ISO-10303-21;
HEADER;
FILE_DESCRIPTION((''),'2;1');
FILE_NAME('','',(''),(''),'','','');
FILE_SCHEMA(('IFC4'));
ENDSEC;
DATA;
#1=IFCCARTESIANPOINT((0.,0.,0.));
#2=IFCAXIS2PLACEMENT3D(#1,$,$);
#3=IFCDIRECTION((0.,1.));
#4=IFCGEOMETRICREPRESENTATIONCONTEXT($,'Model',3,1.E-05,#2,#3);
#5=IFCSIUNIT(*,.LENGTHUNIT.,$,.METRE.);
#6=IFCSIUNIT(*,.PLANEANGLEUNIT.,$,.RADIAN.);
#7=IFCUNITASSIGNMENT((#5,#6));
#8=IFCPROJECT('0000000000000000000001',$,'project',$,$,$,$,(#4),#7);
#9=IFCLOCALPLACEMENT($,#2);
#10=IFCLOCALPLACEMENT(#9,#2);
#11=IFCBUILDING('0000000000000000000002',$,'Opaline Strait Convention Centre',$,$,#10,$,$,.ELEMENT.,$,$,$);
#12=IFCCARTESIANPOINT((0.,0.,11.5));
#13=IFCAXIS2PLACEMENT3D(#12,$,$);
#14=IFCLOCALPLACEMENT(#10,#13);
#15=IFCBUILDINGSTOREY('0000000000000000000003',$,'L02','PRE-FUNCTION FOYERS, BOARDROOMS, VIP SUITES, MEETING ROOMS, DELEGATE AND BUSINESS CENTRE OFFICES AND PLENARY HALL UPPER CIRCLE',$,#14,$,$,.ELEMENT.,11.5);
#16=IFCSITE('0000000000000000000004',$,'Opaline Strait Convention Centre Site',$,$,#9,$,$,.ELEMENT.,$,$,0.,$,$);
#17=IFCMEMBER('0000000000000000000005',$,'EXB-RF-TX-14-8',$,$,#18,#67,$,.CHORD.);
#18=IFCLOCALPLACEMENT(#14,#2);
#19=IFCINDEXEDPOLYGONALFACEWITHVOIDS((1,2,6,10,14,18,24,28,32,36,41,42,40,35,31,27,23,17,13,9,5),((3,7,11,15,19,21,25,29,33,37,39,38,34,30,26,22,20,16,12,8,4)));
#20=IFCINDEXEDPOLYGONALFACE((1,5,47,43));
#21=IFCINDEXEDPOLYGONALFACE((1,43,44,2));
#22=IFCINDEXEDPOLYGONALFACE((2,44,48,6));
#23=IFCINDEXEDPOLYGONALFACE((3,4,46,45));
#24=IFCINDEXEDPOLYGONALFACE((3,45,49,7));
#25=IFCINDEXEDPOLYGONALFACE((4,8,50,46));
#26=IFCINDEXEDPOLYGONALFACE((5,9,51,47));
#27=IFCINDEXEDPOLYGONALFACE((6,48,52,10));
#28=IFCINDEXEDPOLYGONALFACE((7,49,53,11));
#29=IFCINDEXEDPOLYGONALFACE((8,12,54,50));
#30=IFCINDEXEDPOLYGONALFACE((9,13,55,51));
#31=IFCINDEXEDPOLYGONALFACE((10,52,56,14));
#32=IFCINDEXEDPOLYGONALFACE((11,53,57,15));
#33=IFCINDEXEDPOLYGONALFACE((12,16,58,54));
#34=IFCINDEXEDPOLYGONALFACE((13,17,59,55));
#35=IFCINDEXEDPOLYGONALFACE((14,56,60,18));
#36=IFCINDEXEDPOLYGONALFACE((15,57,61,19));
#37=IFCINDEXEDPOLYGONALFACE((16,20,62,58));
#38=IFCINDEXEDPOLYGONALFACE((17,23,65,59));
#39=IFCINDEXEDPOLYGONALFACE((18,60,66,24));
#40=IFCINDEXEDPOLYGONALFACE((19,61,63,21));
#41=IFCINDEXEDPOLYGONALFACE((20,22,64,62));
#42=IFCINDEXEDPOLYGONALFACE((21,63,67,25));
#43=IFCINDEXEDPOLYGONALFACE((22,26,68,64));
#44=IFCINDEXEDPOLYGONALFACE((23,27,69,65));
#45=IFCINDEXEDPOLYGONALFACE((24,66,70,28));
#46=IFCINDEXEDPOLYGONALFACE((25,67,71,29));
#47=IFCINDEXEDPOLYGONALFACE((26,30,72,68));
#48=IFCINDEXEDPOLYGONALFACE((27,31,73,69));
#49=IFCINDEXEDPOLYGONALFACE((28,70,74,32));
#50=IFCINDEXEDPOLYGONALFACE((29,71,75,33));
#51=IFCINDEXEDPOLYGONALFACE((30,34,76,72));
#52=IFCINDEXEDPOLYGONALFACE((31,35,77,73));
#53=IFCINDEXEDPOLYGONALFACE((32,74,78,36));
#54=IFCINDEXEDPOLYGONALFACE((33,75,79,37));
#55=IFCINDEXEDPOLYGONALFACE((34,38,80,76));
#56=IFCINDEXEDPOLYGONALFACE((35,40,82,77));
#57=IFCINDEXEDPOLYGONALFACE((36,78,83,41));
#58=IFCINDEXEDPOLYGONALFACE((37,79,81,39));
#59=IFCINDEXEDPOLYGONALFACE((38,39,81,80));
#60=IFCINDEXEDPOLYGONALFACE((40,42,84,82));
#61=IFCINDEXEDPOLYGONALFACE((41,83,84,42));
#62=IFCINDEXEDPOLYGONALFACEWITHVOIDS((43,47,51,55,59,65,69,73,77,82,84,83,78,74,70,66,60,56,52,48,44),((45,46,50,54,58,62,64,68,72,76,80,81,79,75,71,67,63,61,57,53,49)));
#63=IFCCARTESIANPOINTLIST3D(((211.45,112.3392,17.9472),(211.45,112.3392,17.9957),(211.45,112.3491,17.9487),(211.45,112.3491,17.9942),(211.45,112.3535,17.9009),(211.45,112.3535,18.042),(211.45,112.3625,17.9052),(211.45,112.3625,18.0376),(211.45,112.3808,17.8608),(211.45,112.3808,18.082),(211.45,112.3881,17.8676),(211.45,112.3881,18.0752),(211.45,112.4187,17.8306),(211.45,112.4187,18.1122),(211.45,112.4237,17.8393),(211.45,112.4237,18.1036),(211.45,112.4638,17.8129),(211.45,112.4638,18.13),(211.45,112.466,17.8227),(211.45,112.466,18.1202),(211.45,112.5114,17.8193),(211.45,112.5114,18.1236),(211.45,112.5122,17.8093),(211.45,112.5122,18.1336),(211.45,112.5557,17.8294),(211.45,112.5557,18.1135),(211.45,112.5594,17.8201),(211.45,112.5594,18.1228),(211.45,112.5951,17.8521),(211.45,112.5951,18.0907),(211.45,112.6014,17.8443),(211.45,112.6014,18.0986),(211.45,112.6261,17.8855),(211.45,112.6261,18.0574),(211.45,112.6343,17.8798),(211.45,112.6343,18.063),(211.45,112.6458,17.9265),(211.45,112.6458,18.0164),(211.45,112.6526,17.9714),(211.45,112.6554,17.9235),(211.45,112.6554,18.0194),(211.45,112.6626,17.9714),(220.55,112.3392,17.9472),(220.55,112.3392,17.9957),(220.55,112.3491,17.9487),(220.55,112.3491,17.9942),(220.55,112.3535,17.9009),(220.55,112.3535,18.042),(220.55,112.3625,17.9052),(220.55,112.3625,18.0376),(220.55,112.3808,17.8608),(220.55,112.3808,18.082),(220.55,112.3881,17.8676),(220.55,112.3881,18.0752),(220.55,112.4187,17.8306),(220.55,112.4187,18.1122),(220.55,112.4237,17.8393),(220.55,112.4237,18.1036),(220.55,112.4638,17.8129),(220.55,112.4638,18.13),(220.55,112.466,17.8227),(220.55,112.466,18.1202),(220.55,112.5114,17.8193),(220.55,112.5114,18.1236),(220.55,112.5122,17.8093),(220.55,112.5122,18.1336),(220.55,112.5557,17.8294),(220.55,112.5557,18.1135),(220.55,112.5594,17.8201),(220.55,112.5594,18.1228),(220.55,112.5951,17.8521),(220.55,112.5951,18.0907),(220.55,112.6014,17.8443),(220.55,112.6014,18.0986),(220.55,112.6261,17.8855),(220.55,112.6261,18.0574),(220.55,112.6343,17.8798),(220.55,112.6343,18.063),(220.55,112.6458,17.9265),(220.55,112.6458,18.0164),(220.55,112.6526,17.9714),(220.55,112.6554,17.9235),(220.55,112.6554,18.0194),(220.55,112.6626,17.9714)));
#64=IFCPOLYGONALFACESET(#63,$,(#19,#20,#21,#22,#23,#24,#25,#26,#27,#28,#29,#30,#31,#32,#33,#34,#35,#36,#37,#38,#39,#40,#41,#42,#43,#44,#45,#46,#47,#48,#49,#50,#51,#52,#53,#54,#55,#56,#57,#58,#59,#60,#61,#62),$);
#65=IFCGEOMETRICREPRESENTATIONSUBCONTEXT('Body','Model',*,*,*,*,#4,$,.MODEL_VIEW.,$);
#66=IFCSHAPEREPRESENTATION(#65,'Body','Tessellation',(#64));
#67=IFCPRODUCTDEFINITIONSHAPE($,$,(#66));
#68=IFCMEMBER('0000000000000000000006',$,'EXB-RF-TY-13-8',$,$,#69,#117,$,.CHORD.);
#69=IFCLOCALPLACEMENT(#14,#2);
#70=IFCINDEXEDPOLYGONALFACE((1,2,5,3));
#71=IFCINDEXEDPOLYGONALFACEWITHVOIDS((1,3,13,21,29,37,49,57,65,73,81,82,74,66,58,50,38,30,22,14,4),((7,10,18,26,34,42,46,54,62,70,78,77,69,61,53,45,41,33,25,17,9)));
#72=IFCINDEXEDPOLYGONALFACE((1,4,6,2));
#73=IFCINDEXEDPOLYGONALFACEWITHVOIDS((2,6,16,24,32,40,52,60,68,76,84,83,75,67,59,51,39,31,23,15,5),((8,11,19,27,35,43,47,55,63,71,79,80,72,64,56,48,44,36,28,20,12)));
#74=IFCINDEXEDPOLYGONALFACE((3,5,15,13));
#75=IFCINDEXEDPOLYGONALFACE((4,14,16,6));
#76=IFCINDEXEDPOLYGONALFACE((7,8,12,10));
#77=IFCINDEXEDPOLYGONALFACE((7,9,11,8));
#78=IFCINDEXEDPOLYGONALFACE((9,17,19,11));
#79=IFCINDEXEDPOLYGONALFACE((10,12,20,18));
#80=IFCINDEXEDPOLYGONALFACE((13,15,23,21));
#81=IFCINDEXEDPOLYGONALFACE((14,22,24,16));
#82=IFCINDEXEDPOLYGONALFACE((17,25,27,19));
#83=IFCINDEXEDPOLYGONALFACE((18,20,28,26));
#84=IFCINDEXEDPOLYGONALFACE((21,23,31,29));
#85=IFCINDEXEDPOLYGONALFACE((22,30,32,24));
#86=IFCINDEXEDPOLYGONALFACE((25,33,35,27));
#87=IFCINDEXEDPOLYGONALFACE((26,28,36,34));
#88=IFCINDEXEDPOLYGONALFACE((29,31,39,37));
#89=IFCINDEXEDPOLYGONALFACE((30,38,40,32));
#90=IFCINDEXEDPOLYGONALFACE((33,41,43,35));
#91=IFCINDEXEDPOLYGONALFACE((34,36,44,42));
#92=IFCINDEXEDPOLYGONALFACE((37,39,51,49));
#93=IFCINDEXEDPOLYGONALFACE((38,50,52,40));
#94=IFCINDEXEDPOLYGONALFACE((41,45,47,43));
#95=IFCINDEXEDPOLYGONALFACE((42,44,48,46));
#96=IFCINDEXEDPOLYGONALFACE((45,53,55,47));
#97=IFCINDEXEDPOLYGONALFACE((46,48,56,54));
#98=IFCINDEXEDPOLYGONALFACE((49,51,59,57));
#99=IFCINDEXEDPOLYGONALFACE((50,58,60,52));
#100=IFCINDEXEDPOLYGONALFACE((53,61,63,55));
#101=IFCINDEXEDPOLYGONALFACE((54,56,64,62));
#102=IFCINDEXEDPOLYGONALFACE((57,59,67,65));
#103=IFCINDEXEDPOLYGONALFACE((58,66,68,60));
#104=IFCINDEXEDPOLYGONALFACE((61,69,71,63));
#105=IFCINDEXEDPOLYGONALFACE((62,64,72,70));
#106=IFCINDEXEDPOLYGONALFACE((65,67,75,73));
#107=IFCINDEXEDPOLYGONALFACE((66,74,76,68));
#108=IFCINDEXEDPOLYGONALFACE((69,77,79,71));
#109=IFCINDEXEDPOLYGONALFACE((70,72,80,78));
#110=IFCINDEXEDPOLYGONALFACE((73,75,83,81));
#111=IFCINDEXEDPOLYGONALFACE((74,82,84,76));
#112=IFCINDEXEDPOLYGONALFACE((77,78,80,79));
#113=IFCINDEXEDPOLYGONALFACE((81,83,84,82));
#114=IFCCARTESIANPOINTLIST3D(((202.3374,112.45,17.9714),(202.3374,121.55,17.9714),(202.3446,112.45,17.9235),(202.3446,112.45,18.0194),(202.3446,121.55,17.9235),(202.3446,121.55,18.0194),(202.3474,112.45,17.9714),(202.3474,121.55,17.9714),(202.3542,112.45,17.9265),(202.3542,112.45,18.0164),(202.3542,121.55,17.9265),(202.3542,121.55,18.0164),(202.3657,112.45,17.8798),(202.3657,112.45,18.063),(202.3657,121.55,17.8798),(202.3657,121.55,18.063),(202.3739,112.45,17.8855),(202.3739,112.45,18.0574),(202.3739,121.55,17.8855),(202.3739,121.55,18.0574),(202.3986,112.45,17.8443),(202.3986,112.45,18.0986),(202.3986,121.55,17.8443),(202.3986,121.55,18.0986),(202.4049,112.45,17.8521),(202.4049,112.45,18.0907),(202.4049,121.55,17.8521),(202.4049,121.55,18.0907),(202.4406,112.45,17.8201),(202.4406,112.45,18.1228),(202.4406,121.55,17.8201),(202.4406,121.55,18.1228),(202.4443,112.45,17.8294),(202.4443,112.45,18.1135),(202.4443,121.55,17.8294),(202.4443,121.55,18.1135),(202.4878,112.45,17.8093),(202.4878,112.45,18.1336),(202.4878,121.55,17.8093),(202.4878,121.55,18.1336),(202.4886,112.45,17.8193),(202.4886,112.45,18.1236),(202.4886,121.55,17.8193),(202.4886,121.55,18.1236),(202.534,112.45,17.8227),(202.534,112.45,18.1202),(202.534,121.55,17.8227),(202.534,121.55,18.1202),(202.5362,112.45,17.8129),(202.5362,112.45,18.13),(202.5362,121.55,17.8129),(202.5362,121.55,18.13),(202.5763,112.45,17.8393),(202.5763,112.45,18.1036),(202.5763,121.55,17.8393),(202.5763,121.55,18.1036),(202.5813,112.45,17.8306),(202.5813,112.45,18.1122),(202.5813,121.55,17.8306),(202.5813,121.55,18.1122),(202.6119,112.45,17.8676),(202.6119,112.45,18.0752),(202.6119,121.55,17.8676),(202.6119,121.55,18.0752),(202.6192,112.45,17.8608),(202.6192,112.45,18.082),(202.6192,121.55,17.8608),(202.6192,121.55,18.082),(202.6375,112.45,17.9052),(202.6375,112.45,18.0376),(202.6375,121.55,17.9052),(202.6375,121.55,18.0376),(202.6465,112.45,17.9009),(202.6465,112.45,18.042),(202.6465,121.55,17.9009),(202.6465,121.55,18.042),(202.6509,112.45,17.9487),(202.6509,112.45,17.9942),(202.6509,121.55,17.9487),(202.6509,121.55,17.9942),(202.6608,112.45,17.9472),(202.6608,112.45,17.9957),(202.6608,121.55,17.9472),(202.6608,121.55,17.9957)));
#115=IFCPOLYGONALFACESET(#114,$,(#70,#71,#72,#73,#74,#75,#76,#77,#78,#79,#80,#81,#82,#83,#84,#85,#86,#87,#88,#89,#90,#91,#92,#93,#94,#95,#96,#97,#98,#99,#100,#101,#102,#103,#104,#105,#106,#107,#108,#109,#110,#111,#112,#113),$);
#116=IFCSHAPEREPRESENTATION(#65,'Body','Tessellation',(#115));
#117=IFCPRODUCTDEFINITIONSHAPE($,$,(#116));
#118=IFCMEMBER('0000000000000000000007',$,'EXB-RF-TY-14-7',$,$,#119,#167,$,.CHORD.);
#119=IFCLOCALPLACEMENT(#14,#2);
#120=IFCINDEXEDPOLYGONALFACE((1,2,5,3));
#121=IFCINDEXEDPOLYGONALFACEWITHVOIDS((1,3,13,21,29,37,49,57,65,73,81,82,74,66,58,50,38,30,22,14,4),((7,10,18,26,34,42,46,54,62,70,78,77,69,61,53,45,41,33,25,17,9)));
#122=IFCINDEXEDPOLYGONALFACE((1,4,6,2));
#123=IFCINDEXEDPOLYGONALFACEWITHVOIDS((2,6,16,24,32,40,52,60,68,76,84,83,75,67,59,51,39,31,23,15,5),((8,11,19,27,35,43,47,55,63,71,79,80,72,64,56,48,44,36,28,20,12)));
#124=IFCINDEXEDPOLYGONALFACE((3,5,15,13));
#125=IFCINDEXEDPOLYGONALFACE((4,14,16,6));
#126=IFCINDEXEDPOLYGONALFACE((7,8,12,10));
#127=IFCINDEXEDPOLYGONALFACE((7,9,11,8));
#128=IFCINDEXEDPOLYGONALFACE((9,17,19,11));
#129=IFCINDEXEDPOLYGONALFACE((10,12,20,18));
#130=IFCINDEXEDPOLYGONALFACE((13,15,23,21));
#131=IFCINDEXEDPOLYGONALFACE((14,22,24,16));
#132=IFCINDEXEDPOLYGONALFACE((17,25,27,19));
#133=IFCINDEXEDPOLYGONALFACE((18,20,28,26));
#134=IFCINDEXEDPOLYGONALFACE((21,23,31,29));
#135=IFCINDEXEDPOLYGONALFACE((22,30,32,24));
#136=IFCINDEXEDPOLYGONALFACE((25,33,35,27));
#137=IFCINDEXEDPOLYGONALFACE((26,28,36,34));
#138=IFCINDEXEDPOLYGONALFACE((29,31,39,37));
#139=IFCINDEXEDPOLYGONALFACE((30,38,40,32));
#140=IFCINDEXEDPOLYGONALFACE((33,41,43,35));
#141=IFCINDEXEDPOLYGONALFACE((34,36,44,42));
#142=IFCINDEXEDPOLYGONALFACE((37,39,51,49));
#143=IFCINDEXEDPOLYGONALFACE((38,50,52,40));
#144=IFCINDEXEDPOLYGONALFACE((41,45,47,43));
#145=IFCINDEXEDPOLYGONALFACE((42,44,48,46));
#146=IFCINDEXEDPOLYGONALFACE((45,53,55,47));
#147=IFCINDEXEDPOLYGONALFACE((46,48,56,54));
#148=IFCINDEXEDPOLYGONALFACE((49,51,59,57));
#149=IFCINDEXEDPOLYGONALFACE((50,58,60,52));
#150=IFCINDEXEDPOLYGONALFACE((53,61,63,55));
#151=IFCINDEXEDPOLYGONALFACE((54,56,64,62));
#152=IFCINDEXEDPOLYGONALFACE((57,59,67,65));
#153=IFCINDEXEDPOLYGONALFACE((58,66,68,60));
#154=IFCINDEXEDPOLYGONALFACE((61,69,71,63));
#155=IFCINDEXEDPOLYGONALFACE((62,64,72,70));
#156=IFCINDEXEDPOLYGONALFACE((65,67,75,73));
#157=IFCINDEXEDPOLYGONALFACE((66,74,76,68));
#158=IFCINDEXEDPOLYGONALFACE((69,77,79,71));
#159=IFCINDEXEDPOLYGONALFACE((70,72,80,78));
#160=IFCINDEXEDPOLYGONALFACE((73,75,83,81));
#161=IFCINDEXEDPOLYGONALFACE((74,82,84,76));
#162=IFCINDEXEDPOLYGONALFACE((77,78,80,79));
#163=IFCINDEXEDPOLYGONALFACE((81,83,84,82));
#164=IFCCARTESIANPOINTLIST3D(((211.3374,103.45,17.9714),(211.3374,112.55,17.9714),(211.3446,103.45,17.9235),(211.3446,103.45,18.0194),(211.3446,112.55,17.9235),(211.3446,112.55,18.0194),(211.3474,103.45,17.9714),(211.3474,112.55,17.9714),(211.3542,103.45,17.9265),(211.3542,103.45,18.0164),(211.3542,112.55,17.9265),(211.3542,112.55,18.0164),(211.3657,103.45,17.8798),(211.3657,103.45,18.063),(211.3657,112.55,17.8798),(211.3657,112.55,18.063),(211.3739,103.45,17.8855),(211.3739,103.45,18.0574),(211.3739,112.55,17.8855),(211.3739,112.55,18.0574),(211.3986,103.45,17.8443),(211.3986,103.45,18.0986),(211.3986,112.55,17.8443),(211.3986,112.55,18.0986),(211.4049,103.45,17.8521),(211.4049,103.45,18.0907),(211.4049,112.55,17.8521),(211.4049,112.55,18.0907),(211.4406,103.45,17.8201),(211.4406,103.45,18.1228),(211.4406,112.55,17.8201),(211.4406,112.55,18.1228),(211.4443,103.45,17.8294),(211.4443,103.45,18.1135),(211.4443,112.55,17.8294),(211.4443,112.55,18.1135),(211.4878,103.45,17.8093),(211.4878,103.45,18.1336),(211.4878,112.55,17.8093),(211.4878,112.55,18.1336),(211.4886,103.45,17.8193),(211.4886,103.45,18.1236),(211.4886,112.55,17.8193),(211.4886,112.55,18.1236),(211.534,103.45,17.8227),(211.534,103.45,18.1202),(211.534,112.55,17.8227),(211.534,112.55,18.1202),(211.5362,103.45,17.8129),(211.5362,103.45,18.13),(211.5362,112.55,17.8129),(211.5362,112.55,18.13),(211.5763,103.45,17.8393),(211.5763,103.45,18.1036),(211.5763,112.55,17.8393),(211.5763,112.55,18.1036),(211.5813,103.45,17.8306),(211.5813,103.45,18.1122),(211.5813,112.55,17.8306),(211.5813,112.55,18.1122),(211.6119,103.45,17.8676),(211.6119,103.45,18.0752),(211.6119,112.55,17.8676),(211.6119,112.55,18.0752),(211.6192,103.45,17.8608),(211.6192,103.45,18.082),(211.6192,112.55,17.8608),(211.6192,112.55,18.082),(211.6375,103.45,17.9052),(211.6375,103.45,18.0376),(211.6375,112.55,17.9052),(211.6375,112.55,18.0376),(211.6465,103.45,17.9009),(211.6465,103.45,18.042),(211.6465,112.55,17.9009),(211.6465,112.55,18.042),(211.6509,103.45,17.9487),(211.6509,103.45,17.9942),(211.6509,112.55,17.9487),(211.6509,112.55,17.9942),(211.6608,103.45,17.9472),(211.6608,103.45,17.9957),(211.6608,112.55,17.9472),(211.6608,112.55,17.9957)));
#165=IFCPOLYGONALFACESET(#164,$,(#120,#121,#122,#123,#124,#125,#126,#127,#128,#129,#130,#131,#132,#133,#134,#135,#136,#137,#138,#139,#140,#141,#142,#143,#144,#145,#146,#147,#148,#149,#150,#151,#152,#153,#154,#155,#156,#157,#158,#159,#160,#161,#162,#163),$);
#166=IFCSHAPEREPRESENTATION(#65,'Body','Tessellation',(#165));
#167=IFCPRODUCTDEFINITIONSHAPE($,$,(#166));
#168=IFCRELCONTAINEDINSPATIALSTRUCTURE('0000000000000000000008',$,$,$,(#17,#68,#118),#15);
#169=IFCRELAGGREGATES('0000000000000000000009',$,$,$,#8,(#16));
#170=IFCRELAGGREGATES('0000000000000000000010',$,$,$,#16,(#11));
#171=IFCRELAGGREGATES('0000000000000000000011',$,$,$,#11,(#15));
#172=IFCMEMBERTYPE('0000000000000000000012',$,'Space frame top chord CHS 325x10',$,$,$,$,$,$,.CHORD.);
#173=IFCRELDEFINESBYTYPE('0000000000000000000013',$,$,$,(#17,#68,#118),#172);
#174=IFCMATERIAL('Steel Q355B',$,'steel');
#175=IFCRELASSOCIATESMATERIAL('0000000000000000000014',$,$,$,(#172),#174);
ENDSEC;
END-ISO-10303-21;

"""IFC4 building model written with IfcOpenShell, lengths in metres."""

from ifc_helpers import new_model, si_unit, direction, frame, origin, origin_2d, place, context, subcontext, project, spatial, hollow_circle, extrude, material, material_profile, profile_set, type_object, element, save


model = new_model("IFC4")

# Units and contexts
model_context = context("Model", 3, precision=1e-05, world=origin(), true_north=direction((0.0, 1.0)))
body_context = subcontext(model_context, "Body", "Model", "MODEL_VIEW")
ifc_project = project(units=[si_unit("LENGTHUNIT", "METRE"), si_unit("PLANEANGLEUNIT", "RADIAN")], contexts=[model_context])

# Site, building, storey
site_placement = place(None, origin())
site = spatial("IfcSite", under=ifc_project, at=site_placement, Name="Opaline Strait Convention Centre Site", CompositionType="ELEMENT", RefElevation=0.0)
building_placement = place(site_placement, origin())
building = spatial("IfcBuilding", under=site, at=building_placement, Name="Opaline Strait Convention Centre", CompositionType="ELEMENT")
storey_placement = place(building_placement, frame((0.0, 0.0, 11.5)))
storey = spatial("IfcBuildingStorey", under=building, at=storey_placement, Name="L02", Description="PRE-FUNCTION FOYERS, BOARDROOMS, VIP SUITES, MEETING ROOMS, DELEGATE AND BUSINESS CENTRE OFFICES AND PLENARY HALL UPPER CIRCLE", CompositionType="ELEMENT", Elevation=11.5)

# Members
ifc_material_1 = material(Name="Steel Q355B", Category="steel")
ifc_material_profile_1 = material_profile(ifc_material_1, hollow_circle(Radius=0.1626, WallThickness=0.01, at=origin_2d()), Name="CHS 325x10")
ifc_profile_set_1 = profile_set([ifc_material_profile_1], Name="Steel Q355B")
member_type_1 = type_object("IfcMemberType", Name="Space frame top chord CHS 325x10", PredefinedType="CHORD", material=ifc_profile_set_1)
for number, where, z_axis, x_axis, name in (
    (1, (211.45, 112.5, 17.9714), (1.0, 0.0, 0.0), (0.0, 1.0, 0.0), "EXB-RF-TX-14-8"),
    (2, (202.5, 112.45, 17.9714), (0.0, 1.0, 0.0), (-1.0, 0.0, 0.0), "EXB-RF-TY-13-8"),
    (3, (211.5, 103.45, 17.9714), (0.0, 1.0, 0.0), (-1.0, 0.0, 0.0), "EXB-RF-TY-14-7"),
):
    element("IfcMember", number, at=place(storey_placement, frame(where, z_axis=z_axis, x_axis=x_axis)), inside=storey, type_object=member_type_1, Name=name, PredefinedType="CHORD", context=body_context, shape_type="SweptSolid", body=[
        extrude(hollow_circle(Radius=0.1626, WallThickness=0.01, at=origin_2d()), origin(), (0.0, 0.0, 1.0), 9.1001),
    ])

save(model, "model.ifc")
